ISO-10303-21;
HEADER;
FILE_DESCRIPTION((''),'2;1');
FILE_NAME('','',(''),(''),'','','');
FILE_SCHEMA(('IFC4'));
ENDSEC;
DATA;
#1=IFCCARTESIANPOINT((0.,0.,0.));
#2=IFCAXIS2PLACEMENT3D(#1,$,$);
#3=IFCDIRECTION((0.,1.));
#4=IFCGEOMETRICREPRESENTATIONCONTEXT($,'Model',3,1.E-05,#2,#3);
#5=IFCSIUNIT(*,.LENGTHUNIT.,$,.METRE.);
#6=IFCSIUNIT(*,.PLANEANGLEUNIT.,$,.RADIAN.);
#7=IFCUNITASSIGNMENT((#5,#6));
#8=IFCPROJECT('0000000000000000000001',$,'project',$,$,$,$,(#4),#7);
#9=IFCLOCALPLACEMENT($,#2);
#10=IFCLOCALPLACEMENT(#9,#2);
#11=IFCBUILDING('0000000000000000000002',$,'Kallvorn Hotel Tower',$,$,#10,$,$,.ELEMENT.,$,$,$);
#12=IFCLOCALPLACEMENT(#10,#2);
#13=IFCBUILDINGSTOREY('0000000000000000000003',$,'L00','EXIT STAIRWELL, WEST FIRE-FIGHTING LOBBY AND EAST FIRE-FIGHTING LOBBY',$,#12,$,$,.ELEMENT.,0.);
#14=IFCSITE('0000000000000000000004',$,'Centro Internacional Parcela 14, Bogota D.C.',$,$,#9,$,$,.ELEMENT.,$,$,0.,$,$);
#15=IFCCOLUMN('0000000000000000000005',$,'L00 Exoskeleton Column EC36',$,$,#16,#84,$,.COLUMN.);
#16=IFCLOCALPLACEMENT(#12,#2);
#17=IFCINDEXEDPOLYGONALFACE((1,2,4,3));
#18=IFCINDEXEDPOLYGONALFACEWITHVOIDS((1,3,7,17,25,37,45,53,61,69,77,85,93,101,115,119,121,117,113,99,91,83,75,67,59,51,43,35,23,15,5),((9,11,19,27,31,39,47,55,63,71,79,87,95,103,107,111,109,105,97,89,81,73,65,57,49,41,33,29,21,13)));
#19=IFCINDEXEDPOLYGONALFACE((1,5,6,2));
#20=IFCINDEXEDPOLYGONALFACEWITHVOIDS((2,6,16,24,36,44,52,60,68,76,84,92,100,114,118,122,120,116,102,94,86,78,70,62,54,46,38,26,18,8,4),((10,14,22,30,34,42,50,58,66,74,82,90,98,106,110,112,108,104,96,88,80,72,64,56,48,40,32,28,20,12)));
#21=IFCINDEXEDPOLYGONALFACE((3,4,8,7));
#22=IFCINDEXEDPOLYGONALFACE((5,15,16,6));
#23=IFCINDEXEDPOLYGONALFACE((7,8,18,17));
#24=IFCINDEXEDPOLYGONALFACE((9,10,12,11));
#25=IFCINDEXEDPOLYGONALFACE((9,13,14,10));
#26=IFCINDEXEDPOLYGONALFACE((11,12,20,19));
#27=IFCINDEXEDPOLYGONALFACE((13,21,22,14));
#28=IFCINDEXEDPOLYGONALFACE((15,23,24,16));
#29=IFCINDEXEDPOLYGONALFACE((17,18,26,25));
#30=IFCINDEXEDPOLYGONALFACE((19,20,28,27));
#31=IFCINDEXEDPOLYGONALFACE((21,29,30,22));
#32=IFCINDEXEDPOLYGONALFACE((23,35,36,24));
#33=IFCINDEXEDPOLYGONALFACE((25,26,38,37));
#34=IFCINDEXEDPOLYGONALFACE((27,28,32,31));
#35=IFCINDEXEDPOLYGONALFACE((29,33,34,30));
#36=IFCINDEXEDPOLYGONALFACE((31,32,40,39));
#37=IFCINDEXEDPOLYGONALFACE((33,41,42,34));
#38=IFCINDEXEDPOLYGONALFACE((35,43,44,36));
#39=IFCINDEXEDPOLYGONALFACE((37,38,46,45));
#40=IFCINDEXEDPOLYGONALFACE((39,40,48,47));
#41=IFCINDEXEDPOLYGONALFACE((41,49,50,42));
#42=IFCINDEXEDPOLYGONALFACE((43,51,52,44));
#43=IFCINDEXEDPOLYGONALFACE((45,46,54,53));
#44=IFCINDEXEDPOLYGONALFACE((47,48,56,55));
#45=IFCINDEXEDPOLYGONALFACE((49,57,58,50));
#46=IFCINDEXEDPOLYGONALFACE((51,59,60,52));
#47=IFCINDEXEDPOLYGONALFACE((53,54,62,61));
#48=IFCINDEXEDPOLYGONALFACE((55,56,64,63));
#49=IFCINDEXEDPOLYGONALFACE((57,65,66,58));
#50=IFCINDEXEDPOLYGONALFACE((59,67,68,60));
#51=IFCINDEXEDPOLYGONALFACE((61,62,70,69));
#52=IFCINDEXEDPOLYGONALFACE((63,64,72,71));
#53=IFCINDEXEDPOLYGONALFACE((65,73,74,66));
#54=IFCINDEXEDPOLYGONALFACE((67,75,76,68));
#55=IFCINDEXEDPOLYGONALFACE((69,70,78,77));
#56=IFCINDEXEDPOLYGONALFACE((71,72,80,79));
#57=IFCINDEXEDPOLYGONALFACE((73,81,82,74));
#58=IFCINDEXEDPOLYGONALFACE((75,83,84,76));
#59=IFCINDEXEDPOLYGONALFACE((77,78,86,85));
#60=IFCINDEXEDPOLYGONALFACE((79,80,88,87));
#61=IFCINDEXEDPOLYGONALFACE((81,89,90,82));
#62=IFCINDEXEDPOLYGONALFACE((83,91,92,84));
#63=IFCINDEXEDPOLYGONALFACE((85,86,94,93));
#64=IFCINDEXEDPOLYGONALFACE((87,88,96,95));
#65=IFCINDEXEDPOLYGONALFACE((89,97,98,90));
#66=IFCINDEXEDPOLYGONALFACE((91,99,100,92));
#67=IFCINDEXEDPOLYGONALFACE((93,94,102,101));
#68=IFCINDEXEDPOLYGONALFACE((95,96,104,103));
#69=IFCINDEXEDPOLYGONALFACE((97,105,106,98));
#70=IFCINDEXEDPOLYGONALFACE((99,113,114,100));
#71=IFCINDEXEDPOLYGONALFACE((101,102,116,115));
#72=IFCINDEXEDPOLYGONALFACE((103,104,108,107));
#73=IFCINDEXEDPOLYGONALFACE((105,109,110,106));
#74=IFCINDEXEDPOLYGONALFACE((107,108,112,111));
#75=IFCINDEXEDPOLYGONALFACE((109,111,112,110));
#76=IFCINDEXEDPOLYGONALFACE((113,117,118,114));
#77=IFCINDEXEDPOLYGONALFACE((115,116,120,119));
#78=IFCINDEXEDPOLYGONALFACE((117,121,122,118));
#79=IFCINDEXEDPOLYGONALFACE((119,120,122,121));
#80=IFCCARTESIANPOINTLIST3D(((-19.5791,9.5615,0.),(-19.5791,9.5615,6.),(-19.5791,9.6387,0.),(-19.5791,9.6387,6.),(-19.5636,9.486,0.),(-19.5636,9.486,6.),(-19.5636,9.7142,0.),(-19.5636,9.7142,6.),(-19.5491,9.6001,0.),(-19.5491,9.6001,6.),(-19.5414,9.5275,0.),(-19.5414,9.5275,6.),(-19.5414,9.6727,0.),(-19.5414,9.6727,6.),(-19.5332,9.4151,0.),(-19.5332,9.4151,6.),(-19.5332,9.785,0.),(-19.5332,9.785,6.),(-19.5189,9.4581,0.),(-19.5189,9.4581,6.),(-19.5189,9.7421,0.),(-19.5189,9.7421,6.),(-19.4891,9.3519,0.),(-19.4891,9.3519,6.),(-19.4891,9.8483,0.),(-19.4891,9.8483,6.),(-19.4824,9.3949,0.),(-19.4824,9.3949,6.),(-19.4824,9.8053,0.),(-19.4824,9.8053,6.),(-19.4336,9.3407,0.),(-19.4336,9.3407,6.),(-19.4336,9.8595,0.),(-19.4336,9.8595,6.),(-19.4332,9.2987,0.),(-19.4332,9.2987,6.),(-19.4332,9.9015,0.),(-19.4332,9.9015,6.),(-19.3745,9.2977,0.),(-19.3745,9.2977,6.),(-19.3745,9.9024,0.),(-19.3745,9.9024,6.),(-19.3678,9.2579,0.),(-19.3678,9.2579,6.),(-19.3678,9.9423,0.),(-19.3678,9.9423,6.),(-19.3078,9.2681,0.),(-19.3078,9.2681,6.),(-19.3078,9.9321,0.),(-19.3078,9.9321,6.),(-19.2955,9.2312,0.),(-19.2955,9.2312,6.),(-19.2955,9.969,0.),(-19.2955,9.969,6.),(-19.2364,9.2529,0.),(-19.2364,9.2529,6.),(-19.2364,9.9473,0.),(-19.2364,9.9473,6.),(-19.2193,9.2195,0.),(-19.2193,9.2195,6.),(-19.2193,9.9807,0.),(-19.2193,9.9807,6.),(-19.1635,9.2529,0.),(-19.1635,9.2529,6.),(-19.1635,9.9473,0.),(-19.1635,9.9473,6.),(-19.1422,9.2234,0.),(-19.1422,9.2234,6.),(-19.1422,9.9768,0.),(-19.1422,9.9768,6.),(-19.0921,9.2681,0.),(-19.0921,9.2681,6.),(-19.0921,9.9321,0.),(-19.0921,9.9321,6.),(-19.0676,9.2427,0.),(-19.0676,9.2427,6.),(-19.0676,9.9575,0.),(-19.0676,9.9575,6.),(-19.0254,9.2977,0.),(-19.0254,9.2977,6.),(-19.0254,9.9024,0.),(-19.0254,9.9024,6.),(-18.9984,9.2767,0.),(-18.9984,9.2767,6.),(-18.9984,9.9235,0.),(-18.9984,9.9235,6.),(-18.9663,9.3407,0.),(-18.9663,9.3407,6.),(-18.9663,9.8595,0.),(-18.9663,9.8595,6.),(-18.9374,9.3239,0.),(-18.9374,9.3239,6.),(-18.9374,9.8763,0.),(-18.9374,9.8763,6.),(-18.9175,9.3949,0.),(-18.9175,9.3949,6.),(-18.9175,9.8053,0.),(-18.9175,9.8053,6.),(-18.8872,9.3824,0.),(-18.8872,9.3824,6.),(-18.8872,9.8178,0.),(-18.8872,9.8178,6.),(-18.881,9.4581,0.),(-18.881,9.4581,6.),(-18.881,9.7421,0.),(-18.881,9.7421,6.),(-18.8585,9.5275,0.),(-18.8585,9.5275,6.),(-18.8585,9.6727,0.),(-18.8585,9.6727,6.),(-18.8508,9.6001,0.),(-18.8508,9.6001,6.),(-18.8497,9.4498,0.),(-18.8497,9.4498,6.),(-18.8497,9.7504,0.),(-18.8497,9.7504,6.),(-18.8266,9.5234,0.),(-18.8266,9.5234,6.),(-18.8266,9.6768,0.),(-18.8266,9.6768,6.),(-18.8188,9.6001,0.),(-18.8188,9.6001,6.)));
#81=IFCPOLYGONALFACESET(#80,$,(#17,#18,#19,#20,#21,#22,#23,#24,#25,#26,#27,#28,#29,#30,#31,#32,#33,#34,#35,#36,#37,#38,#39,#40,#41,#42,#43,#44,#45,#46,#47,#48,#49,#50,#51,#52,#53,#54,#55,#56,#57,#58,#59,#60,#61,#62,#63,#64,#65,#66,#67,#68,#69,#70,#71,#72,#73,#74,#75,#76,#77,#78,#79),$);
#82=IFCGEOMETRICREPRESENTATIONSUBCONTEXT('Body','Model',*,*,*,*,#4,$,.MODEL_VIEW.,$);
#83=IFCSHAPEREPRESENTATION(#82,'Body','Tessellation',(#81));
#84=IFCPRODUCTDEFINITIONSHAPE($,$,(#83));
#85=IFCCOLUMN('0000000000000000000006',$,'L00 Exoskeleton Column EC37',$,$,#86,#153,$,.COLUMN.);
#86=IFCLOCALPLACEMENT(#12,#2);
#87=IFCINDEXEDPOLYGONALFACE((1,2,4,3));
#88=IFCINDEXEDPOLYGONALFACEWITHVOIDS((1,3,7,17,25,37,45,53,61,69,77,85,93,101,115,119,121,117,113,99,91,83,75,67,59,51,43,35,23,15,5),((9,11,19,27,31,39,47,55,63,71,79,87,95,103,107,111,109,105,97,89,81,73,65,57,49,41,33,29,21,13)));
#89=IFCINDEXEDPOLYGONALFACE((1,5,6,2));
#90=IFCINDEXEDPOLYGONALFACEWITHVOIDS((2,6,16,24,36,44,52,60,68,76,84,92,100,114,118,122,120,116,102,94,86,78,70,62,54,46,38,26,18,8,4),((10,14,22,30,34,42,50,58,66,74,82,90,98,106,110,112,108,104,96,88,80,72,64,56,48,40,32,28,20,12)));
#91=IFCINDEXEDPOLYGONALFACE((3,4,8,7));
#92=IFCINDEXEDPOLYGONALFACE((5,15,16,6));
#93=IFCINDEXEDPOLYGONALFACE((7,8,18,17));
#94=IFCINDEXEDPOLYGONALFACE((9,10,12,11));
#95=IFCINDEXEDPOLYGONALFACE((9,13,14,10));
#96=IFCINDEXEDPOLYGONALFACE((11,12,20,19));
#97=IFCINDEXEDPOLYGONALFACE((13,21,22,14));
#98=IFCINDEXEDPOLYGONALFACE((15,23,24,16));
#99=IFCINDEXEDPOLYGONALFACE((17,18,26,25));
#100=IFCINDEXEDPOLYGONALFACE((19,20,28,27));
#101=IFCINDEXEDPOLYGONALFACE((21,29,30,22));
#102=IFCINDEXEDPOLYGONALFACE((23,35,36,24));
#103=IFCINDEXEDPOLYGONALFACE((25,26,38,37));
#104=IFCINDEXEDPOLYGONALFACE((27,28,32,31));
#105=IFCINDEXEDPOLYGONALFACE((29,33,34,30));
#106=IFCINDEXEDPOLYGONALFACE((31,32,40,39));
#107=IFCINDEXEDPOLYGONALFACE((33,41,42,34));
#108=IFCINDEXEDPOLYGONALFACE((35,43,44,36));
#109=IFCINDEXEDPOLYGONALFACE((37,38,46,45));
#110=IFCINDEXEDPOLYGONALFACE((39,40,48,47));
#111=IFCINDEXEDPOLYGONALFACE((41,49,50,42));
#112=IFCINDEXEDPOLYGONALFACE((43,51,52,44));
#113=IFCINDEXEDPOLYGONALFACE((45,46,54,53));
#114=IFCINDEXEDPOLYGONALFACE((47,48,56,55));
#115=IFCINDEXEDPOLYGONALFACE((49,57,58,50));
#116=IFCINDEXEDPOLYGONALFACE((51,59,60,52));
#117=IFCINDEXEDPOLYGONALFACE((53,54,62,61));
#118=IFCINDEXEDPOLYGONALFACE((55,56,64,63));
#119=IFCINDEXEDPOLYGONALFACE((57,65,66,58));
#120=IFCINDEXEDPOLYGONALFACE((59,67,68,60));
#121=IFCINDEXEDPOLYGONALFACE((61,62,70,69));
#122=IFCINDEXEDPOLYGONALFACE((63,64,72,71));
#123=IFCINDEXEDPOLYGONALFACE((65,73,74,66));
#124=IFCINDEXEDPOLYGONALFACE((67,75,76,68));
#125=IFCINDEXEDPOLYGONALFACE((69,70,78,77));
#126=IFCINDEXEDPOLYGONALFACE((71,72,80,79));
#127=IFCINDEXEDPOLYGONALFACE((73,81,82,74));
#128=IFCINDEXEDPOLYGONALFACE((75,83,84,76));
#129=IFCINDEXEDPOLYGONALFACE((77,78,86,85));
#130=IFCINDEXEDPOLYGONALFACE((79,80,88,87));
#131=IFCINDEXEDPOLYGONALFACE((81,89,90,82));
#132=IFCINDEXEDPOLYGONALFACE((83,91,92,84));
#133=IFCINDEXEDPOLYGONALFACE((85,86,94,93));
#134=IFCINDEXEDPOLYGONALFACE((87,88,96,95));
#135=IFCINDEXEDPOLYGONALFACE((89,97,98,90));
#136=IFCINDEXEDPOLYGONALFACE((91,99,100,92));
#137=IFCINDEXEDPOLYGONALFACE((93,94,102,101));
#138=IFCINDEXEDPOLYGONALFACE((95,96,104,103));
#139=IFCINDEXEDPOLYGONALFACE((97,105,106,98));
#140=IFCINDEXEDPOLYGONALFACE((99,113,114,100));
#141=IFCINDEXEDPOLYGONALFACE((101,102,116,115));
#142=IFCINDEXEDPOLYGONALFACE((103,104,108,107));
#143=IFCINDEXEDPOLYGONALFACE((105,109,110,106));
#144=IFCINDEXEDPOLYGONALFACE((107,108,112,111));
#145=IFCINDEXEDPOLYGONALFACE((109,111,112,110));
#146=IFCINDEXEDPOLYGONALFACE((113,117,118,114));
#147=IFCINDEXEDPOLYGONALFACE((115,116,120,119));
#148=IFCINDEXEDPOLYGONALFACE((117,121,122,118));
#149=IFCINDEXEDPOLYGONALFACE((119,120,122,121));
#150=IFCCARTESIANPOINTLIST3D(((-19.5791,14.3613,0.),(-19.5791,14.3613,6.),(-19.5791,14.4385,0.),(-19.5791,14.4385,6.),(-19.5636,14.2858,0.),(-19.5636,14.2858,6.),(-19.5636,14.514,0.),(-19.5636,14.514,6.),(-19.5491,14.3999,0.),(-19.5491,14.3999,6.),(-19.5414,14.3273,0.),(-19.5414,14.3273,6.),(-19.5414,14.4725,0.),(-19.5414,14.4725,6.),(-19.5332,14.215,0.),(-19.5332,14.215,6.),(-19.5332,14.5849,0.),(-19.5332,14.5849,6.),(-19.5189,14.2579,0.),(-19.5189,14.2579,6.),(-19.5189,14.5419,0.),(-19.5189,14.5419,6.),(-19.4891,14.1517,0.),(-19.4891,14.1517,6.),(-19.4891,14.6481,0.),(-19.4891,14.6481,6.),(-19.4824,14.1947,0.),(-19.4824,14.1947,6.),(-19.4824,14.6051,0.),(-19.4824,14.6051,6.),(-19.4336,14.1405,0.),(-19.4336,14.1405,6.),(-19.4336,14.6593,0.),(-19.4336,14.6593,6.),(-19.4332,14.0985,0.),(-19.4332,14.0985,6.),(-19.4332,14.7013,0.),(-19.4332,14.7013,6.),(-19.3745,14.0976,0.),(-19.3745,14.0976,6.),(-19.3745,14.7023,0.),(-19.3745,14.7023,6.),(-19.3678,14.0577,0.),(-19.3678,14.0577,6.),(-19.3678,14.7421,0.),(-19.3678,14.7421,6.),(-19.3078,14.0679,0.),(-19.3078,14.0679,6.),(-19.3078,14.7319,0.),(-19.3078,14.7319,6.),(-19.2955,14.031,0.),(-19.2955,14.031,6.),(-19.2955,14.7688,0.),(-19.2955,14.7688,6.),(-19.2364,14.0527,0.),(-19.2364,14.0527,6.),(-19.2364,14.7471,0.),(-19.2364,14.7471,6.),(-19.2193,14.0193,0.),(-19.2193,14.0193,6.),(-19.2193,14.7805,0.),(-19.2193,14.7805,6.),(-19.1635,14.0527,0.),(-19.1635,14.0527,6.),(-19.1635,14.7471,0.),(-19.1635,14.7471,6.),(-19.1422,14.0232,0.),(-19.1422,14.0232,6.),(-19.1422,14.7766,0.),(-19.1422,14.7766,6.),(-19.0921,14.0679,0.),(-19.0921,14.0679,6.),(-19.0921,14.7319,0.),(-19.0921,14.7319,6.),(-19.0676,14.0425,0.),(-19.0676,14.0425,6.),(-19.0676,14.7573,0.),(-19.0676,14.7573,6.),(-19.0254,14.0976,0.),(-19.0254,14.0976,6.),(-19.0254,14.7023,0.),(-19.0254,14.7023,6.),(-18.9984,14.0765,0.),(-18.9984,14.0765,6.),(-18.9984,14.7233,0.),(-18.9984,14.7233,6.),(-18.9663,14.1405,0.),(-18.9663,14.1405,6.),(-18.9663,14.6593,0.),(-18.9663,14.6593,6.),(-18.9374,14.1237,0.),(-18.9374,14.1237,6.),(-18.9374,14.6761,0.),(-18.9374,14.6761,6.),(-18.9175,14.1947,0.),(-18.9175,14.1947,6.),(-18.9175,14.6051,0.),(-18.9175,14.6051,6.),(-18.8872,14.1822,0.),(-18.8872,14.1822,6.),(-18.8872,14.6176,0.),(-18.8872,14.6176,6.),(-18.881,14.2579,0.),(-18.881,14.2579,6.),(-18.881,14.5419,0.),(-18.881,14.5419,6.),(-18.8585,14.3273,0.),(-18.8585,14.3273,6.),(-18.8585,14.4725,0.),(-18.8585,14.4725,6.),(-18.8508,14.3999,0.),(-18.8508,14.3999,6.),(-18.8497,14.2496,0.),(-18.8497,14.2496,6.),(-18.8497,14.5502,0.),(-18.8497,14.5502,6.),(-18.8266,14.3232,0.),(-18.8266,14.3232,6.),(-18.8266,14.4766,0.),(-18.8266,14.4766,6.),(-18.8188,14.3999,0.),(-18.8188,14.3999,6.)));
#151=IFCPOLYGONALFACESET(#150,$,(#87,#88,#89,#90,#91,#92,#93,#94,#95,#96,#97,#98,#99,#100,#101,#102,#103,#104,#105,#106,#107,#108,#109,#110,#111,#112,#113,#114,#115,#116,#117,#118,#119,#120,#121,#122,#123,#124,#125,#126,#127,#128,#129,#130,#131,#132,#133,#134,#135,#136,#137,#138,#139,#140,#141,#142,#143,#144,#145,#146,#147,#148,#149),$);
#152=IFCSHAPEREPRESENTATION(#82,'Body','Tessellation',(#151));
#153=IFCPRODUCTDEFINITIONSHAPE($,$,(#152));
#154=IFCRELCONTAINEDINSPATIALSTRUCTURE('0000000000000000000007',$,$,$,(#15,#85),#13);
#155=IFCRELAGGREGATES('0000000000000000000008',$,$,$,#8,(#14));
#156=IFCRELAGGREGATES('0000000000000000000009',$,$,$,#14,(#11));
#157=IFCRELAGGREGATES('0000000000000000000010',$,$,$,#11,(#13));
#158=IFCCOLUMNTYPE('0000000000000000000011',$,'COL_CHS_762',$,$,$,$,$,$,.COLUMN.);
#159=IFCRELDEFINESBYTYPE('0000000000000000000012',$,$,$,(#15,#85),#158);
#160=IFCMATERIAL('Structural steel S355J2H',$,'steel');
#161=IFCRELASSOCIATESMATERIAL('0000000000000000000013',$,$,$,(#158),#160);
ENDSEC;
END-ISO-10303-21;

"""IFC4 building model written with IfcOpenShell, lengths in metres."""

from ifc_helpers import new_model, si_unit, direction, frame, origin, origin_2d, place, context, subcontext, project, spatial, hollow_circle, extrude, material, material_profile, profile_set, type_object, element, save


model = new_model("IFC4")

# Units and contexts
model_context = context("Model", 3, precision=1e-05, world=origin(), true_north=direction((0.0, 1.0)))
body_context = subcontext(model_context, "Body", "Model", "MODEL_VIEW")
ifc_project = project(units=[si_unit("LENGTHUNIT", "METRE"), si_unit("PLANEANGLEUNIT", "RADIAN")], contexts=[model_context])

# Site, building, storey
site_placement = place(None, origin())
site = spatial("IfcSite", under=ifc_project, at=site_placement, Name="Centro Internacional Parcela 14, Bogota D.C.", CompositionType="ELEMENT", RefElevation=0.0)
building_placement = place(site_placement, origin())
building = spatial("IfcBuilding", under=site, at=building_placement, Name="Kallvorn Hotel Tower", CompositionType="ELEMENT")
storey_placement = place(building_placement, origin())
storey = spatial("IfcBuildingStorey", under=building, at=storey_placement, Name="L00", Description="EXIT STAIRWELL, WEST FIRE-FIGHTING LOBBY AND EAST FIRE-FIGHTING LOBBY", CompositionType="ELEMENT", Elevation=0.0)

# Columns
ifc_material_1 = material(Name="Structural steel S355J2H", Category="steel")
ifc_material_profile_1 = material_profile(ifc_material_1, hollow_circle(Radius=0.3811, WallThickness=0.032, at=origin_2d()), Name="CHS 762x32")
ifc_profile_set_1 = profile_set([ifc_material_profile_1], Name="Structural steel S355J2H")
column_type_1 = type_object("IfcColumnType", Name="COL_CHS_762", PredefinedType="COLUMN", material=ifc_profile_set_1)
for number, where, z_axis, x_axis, name in (
    (1, (-19.2, 9.6001, 0.0), (0.0, 0.0, 1.0), (1.0, 0.0, 0.0), "L00 Exoskeleton Column EC36"),
    (2, (-19.2, 14.3999, 0.0), (0.0, 0.0, 1.0), (1.0, 0.0, 0.0), "L00 Exoskeleton Column EC37"),
):
    element("IfcColumn", number, at=place(storey_placement, frame(where, z_axis=z_axis, x_axis=x_axis)), inside=storey, type_object=column_type_1, Name=name, PredefinedType="COLUMN", context=body_context, shape_type="SweptSolid", body=[
        extrude(hollow_circle(Radius=0.3811, WallThickness=0.032, at=origin_2d()), origin(), (0.0, 0.0, 1.0), 6.0),
    ])

save(model, "model.ifc")
